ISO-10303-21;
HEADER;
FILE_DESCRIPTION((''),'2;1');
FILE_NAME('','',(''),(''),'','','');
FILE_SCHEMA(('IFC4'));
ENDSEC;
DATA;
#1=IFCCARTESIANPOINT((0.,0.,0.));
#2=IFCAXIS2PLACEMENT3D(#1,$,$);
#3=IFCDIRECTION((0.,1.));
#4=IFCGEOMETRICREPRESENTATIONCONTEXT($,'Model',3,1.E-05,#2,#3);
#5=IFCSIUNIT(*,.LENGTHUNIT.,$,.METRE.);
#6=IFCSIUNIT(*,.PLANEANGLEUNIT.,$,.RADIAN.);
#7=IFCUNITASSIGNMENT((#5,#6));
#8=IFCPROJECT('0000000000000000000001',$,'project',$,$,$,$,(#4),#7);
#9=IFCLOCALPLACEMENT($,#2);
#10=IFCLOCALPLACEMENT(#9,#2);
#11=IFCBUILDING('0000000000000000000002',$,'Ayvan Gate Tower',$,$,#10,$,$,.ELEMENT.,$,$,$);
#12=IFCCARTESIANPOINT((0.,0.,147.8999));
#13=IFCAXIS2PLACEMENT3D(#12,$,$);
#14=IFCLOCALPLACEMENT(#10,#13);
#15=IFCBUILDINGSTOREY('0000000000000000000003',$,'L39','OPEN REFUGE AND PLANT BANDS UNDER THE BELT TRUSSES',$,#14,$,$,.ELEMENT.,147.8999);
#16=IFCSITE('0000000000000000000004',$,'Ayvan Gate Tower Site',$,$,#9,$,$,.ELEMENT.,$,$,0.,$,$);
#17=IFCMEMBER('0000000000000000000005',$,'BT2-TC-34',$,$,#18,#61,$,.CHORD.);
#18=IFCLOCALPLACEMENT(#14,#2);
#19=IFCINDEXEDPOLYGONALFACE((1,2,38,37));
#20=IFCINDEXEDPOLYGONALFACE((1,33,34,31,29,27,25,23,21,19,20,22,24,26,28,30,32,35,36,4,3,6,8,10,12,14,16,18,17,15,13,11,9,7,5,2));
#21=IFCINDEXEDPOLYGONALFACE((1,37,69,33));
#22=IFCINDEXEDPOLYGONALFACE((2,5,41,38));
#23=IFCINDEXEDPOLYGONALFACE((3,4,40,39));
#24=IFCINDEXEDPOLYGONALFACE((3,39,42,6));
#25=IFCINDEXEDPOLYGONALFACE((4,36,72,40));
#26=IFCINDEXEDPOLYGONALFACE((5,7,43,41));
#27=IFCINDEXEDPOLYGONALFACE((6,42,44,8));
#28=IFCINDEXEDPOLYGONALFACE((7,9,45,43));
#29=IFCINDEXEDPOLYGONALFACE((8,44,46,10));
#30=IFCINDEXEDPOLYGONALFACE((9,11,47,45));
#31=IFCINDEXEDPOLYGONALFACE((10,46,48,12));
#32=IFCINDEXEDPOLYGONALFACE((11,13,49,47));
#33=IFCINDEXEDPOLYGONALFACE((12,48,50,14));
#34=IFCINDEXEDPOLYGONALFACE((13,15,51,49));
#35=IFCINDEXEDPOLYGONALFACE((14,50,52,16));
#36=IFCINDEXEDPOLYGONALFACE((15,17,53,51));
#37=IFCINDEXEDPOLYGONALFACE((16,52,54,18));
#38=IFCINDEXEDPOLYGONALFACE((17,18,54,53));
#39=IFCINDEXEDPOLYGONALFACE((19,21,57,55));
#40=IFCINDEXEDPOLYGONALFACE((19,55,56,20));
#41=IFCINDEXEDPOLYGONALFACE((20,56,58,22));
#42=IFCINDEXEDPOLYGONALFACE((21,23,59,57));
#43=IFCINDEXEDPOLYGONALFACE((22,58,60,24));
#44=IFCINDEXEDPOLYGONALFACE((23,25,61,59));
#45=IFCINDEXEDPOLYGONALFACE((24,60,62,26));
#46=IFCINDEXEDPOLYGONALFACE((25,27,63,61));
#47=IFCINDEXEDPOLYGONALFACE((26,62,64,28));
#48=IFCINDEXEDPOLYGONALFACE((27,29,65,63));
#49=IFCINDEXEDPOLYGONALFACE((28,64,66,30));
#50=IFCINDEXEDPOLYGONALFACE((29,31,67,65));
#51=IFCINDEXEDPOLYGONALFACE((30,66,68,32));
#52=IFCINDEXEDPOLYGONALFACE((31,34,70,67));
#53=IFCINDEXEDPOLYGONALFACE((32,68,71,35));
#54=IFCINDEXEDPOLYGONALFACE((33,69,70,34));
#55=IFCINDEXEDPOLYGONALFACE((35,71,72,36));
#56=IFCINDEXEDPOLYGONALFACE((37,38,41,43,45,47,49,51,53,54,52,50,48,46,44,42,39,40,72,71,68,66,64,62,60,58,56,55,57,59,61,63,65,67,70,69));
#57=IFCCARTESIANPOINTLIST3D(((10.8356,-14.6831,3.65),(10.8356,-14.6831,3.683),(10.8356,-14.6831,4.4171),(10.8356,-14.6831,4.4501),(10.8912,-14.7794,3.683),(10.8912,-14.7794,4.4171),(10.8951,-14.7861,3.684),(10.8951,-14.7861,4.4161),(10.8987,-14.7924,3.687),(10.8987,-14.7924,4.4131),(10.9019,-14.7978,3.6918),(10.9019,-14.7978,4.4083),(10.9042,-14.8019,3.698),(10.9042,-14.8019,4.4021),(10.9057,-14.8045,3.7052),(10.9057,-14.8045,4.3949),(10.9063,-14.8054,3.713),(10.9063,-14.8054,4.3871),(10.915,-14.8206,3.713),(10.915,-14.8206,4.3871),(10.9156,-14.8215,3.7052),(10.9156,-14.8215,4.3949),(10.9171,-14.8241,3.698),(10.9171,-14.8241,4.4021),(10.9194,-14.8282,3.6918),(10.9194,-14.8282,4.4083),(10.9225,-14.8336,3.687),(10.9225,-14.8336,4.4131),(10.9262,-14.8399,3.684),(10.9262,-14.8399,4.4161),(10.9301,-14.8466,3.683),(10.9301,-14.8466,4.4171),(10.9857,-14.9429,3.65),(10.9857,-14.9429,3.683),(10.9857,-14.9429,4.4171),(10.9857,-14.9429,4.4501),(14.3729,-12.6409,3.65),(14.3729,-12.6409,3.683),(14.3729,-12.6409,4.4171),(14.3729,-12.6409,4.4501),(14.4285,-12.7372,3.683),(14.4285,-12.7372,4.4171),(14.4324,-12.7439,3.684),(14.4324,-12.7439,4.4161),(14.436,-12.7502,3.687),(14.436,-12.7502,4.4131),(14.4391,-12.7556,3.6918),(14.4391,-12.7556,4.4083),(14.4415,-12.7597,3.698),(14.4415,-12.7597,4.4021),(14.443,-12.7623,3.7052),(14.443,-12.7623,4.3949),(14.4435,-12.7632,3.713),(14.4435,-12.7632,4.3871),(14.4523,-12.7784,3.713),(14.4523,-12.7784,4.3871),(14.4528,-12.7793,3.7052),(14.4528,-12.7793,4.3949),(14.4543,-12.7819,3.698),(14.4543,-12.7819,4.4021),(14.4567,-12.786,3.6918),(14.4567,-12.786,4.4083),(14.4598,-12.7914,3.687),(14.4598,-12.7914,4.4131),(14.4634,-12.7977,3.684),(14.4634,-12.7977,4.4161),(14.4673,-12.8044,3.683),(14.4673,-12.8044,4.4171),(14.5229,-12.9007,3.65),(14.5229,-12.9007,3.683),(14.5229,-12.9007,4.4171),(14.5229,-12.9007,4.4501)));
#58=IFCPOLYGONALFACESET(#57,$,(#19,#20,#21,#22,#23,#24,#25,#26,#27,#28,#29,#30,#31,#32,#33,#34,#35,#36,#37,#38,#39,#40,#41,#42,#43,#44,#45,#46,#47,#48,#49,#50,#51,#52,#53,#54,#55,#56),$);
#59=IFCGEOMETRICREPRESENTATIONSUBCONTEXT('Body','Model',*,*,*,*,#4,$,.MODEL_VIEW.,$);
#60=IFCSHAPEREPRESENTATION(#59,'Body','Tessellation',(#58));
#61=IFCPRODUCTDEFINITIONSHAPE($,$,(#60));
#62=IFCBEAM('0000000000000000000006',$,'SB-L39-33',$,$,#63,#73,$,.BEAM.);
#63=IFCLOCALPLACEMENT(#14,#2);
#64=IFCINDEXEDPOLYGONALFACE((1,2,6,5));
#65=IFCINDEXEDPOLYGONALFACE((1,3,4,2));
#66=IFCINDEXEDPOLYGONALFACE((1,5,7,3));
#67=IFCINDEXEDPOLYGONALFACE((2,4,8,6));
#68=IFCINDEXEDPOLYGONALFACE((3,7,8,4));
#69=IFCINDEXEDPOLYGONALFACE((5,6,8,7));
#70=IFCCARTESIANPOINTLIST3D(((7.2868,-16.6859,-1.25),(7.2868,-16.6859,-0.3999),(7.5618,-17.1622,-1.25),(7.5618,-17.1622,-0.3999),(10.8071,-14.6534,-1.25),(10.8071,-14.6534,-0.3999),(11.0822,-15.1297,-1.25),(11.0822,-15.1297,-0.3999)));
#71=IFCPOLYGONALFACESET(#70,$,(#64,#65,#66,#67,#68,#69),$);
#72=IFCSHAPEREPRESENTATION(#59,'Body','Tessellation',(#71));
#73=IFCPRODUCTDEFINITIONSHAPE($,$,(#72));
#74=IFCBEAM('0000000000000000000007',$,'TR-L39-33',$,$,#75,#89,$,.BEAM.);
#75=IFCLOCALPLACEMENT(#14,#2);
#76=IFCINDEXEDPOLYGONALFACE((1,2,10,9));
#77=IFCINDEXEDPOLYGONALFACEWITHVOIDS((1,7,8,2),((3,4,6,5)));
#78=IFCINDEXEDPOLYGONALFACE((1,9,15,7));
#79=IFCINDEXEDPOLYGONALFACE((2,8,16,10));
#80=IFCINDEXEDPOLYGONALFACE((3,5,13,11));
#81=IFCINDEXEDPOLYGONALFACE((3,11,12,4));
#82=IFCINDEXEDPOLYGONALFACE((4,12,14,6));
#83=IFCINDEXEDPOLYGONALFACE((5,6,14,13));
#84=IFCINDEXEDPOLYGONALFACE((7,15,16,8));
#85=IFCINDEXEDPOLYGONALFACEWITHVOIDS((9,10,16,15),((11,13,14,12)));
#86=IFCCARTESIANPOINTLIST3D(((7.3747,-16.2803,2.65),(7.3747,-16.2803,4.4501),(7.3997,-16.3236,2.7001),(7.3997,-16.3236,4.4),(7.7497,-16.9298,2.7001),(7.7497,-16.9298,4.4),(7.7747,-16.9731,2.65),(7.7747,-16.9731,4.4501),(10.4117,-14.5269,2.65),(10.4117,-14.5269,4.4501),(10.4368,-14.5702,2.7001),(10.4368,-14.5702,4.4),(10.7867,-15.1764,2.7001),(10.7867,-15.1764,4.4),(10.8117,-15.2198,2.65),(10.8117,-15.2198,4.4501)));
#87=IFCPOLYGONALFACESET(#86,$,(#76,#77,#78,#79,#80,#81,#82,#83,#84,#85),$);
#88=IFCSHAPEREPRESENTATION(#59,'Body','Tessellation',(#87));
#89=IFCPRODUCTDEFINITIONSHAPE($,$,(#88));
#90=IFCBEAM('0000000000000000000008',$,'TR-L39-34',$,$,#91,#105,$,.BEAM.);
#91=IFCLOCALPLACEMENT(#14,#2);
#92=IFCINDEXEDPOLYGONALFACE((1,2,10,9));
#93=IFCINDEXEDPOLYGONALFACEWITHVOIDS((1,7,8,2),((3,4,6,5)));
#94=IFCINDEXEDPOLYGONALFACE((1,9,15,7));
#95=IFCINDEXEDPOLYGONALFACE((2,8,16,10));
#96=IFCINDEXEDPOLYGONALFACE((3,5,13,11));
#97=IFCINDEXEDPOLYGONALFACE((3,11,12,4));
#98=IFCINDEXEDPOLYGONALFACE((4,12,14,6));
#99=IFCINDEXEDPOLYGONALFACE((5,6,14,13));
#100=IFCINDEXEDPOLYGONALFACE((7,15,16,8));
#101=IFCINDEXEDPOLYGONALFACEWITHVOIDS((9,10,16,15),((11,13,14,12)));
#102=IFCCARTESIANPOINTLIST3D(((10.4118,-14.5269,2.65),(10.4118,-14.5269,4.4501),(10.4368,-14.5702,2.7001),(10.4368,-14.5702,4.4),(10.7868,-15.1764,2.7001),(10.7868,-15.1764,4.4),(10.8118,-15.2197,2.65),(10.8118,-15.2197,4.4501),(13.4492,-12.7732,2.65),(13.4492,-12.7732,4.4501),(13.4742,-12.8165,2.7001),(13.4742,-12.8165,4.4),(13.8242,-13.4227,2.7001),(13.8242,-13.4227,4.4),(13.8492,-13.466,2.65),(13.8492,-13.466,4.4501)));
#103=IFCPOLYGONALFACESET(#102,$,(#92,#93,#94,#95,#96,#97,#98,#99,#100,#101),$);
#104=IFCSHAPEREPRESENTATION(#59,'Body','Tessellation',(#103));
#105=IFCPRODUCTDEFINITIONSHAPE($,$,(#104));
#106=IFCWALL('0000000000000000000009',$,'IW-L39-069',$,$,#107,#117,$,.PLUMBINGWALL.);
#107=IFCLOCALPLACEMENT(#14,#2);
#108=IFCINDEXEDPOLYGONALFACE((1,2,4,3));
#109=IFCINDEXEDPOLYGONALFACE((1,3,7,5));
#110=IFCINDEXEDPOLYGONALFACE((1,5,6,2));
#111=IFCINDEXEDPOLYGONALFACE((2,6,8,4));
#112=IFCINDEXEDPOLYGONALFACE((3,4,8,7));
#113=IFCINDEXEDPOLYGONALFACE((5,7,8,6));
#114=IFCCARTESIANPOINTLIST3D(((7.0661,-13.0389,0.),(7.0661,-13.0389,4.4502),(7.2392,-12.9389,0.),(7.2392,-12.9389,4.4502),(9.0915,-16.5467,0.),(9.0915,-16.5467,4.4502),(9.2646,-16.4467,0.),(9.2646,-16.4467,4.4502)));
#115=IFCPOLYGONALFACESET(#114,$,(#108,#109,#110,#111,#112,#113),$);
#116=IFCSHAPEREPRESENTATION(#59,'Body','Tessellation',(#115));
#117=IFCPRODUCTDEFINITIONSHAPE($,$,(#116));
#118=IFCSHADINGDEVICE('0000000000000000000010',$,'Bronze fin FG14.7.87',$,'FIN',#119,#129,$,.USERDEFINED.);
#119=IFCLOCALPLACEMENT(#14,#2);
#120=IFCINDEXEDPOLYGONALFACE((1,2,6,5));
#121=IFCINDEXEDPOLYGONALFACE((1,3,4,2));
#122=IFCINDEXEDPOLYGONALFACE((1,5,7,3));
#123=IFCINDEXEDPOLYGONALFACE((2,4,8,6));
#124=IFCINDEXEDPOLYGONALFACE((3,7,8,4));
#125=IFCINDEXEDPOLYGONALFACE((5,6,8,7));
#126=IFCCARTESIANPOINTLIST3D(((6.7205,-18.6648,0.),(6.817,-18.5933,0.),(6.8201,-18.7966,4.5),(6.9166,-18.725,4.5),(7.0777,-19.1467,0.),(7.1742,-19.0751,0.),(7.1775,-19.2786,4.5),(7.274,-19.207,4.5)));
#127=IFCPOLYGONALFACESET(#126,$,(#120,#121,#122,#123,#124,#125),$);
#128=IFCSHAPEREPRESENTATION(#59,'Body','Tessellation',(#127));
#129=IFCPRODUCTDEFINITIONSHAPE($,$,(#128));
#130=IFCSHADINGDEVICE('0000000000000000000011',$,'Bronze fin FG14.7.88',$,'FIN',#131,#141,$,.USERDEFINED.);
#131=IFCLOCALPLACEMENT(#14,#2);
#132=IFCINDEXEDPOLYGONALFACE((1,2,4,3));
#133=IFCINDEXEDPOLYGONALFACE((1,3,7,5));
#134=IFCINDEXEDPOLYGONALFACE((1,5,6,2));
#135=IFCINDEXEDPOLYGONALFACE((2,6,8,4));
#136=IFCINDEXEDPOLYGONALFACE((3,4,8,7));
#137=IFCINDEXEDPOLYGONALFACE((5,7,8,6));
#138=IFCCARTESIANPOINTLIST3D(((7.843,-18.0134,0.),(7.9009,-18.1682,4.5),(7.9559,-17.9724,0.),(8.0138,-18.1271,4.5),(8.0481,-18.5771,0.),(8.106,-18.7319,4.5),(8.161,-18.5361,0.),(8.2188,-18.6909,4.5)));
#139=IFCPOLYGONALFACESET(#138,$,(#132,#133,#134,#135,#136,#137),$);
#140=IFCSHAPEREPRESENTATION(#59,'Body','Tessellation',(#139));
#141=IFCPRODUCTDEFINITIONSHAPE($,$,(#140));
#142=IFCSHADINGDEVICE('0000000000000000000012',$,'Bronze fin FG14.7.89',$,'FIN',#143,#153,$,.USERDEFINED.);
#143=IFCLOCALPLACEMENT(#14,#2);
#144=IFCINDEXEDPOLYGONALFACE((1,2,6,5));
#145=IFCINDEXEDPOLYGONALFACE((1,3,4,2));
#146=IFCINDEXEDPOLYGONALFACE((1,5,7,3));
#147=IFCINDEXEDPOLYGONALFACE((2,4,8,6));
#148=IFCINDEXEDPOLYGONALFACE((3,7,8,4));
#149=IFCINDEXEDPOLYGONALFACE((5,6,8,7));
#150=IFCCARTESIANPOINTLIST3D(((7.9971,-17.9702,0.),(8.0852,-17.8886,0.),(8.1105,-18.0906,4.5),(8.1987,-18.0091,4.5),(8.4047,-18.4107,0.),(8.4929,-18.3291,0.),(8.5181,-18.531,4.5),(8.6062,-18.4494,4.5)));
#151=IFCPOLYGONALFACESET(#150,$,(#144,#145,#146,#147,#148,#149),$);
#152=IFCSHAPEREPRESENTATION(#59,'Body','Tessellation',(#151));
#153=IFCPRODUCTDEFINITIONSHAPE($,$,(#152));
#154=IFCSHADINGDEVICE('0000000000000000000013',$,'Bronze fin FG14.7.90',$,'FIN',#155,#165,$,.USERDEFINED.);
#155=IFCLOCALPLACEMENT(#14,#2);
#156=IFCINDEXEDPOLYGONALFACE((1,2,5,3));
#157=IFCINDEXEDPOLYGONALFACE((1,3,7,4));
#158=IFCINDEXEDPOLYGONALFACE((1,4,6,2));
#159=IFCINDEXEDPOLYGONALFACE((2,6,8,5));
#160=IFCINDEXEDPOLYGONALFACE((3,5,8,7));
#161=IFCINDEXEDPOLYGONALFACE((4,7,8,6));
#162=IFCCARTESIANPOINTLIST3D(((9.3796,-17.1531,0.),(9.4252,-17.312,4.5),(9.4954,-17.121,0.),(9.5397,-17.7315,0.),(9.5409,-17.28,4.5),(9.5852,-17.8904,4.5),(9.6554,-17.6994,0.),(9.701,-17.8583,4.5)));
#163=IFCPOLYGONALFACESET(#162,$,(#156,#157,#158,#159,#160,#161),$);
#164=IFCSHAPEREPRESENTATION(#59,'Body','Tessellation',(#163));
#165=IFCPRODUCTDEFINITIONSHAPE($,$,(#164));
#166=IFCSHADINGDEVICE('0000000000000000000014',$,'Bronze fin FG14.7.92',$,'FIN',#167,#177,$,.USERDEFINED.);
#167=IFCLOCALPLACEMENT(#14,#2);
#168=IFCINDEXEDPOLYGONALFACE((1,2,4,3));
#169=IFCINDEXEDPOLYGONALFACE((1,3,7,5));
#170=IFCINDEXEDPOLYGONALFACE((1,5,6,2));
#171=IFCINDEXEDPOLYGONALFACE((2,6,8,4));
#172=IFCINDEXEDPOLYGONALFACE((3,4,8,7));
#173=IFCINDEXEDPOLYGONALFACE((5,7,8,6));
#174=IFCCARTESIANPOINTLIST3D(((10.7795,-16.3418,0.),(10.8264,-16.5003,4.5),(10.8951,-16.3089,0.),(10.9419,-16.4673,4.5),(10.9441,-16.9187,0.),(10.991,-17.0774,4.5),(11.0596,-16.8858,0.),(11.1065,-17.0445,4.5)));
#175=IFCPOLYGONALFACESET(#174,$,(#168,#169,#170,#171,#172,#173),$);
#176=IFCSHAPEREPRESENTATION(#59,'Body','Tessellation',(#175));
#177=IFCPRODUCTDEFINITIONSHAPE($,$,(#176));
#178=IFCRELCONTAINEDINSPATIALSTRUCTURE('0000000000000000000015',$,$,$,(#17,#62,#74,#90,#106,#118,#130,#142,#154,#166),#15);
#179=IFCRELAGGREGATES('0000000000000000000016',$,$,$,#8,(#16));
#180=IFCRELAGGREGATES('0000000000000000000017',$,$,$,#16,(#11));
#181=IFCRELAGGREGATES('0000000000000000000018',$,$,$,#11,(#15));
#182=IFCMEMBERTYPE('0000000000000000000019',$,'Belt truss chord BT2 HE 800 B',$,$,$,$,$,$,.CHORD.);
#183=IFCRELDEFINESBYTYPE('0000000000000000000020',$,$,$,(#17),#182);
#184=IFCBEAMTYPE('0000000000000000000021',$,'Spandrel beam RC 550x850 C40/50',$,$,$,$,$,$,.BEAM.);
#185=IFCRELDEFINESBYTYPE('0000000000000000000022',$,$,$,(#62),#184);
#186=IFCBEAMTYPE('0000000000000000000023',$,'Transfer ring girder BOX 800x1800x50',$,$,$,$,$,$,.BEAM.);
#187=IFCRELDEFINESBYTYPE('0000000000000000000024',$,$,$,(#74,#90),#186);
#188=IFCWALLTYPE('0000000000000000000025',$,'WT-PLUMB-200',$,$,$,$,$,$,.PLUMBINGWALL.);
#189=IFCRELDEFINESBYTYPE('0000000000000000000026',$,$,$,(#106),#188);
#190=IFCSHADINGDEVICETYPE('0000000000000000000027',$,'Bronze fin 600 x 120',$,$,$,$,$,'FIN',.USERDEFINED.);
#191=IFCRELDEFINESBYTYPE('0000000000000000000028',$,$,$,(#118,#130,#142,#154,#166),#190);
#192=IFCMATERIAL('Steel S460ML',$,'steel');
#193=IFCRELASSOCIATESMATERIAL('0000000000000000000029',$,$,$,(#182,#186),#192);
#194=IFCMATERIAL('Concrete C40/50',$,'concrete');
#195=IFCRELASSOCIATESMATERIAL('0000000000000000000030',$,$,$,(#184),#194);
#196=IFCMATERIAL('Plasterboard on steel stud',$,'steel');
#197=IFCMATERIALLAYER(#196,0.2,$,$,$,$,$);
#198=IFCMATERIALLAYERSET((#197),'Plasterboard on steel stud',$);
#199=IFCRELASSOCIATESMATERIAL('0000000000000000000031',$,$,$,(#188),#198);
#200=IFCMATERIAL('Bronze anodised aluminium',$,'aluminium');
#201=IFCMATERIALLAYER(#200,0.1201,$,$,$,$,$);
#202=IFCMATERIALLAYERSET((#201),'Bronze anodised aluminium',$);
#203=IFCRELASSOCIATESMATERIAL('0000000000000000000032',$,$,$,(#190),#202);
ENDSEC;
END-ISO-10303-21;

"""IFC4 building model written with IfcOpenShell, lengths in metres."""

from ifc_helpers import new_model, si_unit, direction, frame, frame_2d, origin, origin_2d, place, context, subcontext, project, spatial, polyline, rectangle, hollow_rectangle, i_section, outline, extrude, material, layer, layer_set, material_profile, profile_set, type_object, element, save


model = new_model("IFC4")

# Units and contexts
model_context = context("Model", 3, precision=1e-05, world=origin(), true_north=direction((0.0, 1.0)))
body_context = subcontext(model_context, "Body", "Model", "MODEL_VIEW")
ifc_project = project(units=[si_unit("LENGTHUNIT", "METRE"), si_unit("PLANEANGLEUNIT", "RADIAN")], contexts=[model_context])

# Site, building, storey
site_placement = place(None, origin())
site = spatial("IfcSite", under=ifc_project, at=site_placement, Name="Ayvan Gate Tower Site", CompositionType="ELEMENT", RefElevation=0.0)
building_placement = place(site_placement, origin())
building = spatial("IfcBuilding", under=site, at=building_placement, Name="Ayvan Gate Tower", CompositionType="ELEMENT")
storey_placement = place(building_placement, frame((0.0, 0.0, 147.8999)))
storey = spatial("IfcBuildingStorey", under=building, at=storey_placement, Name="L39", Description="OPEN REFUGE AND PLANT BANDS UNDER THE BELT TRUSSES", CompositionType="ELEMENT", Elevation=147.8999)

# Member
ifc_material_1 = material(Name="Steel S460ML", Category="steel")
ifc_material_profile_1 = material_profile(ifc_material_1, i_section(OverallWidth=0.3, OverallDepth=0.8, WebThickness=0.0176, FlangeThickness=0.033, FilletRadius=0.03, at=origin_2d()), Name="HE 800 B")
ifc_profile_set_1 = profile_set([ifc_material_profile_1], Name="Steel S460ML")
member_type_1 = type_object("IfcMemberType", Name="Belt truss chord BT2 HE 800 B", PredefinedType="CHORD", material=ifc_profile_set_1)
member_1_placement = place(storey_placement, frame((10.9106, -14.813, 4.05), z_axis=(0.866031, 0.49999, 0.0), x_axis=(-0.49999, 0.866031, 0.0)))
element("IfcMember", 1, at=member_1_placement, inside=storey, type_object=member_type_1, Name="BT2-TC-34", PredefinedType="CHORD", context=body_context, shape_type="SweptSolid", body=[
    extrude(i_section(OverallWidth=0.3, OverallDepth=0.8, WebThickness=0.0176, FlangeThickness=0.033, FilletRadius=0.03, at=origin_2d()), origin(), (0.0, 0.0, 1.0), 4.0845),
])

# Beams
ifc_material_2 = material(Name="Concrete C40/50", Category="concrete")
ifc_material_profile_2 = material_profile(ifc_material_2, rectangle(XDim=0.55, YDim=0.8501, at=origin_2d()), Name="RC 550x850")
ifc_profile_set_2 = profile_set([ifc_material_profile_2], Name="Concrete C40/50")
beam_type_1 = type_object("IfcBeamType", Name="Spandrel beam RC 550x850 C40/50", PredefinedType="BEAM", material=ifc_profile_set_2)
beam_1_placement = place(storey_placement, frame((7.4243, -16.9241, -0.825), z_axis=(0.866021, 0.500008, 0.0), x_axis=(-0.500008, 0.866021, 0.0)))
element("IfcBeam", 2, at=beam_1_placement, inside=storey, type_object=beam_type_1, Name="SB-L39-33", PredefinedType="BEAM", context=body_context, shape_type="SweptSolid", body=[
    extrude(rectangle(XDim=0.55, YDim=0.8501, at=origin_2d()), origin(), (0.0, 0.0, 1.0), 4.0649),
])
ifc_material_profile_3 = material_profile(ifc_material_1, hollow_rectangle(XDim=0.8, YDim=1.8, WallThickness=0.05, at=origin_2d()), Name="BOX 800x1800x50")
ifc_profile_set_3 = profile_set([ifc_material_profile_3], Name="Steel S460ML")
beam_type_2 = type_object("IfcBeamType", Name="Transfer ring girder BOX 800x1800x50", PredefinedType="BEAM", material=ifc_profile_set_3)
beam_2_placement = place(storey_placement, frame((7.5747, -16.6267, 3.55), z_axis=(0.866033, 0.499988, 0.0), x_axis=(-0.499988, 0.866033, 0.0)))
element("IfcBeam", 3, at=beam_2_placement, inside=storey, type_object=beam_type_2, Name="TR-L39-33", PredefinedType="BEAM", context=body_context, shape_type="SweptSolid", body=[
    extrude(hollow_rectangle(XDim=0.8, YDim=1.8, WallThickness=0.05, at=origin_2d()), origin(), (0.0, 0.0, 1.0), 3.5068),
])
beam_3_placement = place(storey_placement, frame((10.6118, -14.8733, 3.55), z_axis=(0.86602, 0.50001, 0.0), x_axis=(-0.50001, 0.86602, 0.0)))
element("IfcBeam", 4, at=beam_3_placement, inside=storey, type_object=beam_type_2, Name="TR-L39-34", PredefinedType="BEAM", context=body_context, shape_type="SweptSolid", body=[
    extrude(hollow_rectangle(XDim=0.8, YDim=1.8, WallThickness=0.05, at=origin_2d()), origin(), (0.0, 0.0, 1.0), 3.5073),
])

# Wall
ifc_material_3 = material(Name="Plasterboard on steel stud", Category="steel")
ifc_layer_1 = layer(ifc_material_3, 0.2)
ifc_layer_set_1 = layer_set([ifc_layer_1], Name="Plasterboard on steel stud")
wall_type = type_object("IfcWallType", Name="WT-PLUMB-200", PredefinedType="PLUMBINGWALL", material=ifc_layer_set_1)
wall_placement = place(storey_placement, frame((7.1526, -12.9888, 0.0), z_axis=(0.0, 0.0, 1.0), x_axis=(0.500029, -0.866009, 0.0)))
element("IfcWall", 5, at=wall_placement, inside=storey, type_object=wall_type, Name="IW-L39-069", PredefinedType="PLUMBINGWALL", context=body_context, shape_type="SweptSolid", body=[
    extrude(rectangle(XDim=4.0505, YDim=0.2, at=frame_2d((2.0254, 0.0))), origin(), (0.0, 0.0, 1.0), 4.4502),
])

# Shading devices
ifc_material_4 = material(Name="Bronze anodised aluminium", Category="aluminium")
ifc_layer_2 = layer(ifc_material_4, 0.1201)
ifc_layer_set_2 = layer_set([ifc_layer_2], Name="Bronze anodised aluminium")
shading_device_type = type_object("IfcShadingDeviceType", Name="Bronze fin 600 x 120", ElementType="FIN", PredefinedType="USERDEFINED", material=ifc_layer_set_2)
shading_device_1_placement = place(storey_placement, frame((6.7205, -18.6648, 0.0), z_axis=(-0.803308, -0.595563, 0.000355), x_axis=(0.595563, -0.803308, 0.0)))
element("IfcShadingDevice", 6, at=shading_device_1_placement, inside=storey, type_object=shading_device_type, Name="Bronze fin FG14.7.87", ObjectType="FIN", PredefinedType="USERDEFINED", context=body_context, shape_type="SweptSolid", body=[
    extrude(outline(polyline([(0.0, 0.0), (0.5999, 0.0), (0.7652, 4.5), (0.1652, 4.5), (0.0, 0.0)])), origin(), (0.0, 0.0, -1.0), 0.1201),
])
shading_device_2_placement = place(storey_placement, frame((7.843, -18.0134, 0.0), z_axis=(-0.939746, -0.341874, 0.000324), x_axis=(0.341874, -0.939746, 0.0)))
element("IfcShadingDevice", 7, at=shading_device_2_placement, inside=storey, type_object=shading_device_type, Name="Bronze fin FG14.7.88", ObjectType="FIN", PredefinedType="USERDEFINED", context=body_context, shape_type="SweptSolid", body=[
    extrude(outline(polyline([(0.0, 0.0), (0.5999, 0.0), (0.7651, 4.5), (0.1652, 4.5), (0.0, 0.0)])), origin(), (0.0, 0.0, -1.0), 0.1201),
])
shading_device_3_placement = place(storey_placement, frame((7.9971, -17.9702, 0.0), z_axis=(-0.733937, -0.679217, 0.000329), x_axis=(0.679217, -0.733937, 0.0)))
element("IfcShadingDevice", 8, at=shading_device_3_placement, inside=storey, type_object=shading_device_type, Name="Bronze fin FG14.7.89", ObjectType="FIN", PredefinedType="USERDEFINED", context=body_context, shape_type="SweptSolid", body=[
    extrude(outline(polyline([(0.0, 0.0), (0.6002, 0.0), (0.7655, 4.5), (0.1654, 4.5), (0.0, 0.0)])), origin(), (0.0, 0.0, -1.0), 0.1201),
])
shading_device_4_placement = place(storey_placement, frame((9.3796, -17.1531, 0.0), z_axis=(-0.963785, -0.266679, 0.000333), x_axis=(0.266679, -0.963786, 0.0)))
element("IfcShadingDevice", 9, at=shading_device_4_placement, inside=storey, type_object=shading_device_type, Name="Bronze fin FG14.7.90", ObjectType="FIN", PredefinedType="USERDEFINED", context=body_context, shape_type="SweptSolid", body=[
    extrude(outline(polyline([(0.0, 0.0), (0.6001, 0.0), (0.7654, 4.5), (0.1654, 4.5), (0.0, 0.0)])), origin(), (0.0, 0.0, -1.0), 0.1201),
])
shading_device_5_placement = place(storey_placement, frame((10.7795, -16.3418, 0.0), z_axis=(-0.961662, -0.274237, 0.000354), x_axis=(0.274237, -0.961662, 0.0)))
element("IfcShadingDevice", 10, at=shading_device_5_placement, inside=storey, type_object=shading_device_type, Name="Bronze fin FG14.7.92", ObjectType="FIN", PredefinedType="USERDEFINED", context=body_context, shape_type="SweptSolid", body=[
    extrude(outline(polyline([(0.0, 0.0), (0.5999, 0.0), (0.7654, 4.5), (0.1652, 4.5), (0.0, 0.0)])), origin(), (0.0, 0.0, -1.0), 0.1201),
])

save(model, "model.ifc")
